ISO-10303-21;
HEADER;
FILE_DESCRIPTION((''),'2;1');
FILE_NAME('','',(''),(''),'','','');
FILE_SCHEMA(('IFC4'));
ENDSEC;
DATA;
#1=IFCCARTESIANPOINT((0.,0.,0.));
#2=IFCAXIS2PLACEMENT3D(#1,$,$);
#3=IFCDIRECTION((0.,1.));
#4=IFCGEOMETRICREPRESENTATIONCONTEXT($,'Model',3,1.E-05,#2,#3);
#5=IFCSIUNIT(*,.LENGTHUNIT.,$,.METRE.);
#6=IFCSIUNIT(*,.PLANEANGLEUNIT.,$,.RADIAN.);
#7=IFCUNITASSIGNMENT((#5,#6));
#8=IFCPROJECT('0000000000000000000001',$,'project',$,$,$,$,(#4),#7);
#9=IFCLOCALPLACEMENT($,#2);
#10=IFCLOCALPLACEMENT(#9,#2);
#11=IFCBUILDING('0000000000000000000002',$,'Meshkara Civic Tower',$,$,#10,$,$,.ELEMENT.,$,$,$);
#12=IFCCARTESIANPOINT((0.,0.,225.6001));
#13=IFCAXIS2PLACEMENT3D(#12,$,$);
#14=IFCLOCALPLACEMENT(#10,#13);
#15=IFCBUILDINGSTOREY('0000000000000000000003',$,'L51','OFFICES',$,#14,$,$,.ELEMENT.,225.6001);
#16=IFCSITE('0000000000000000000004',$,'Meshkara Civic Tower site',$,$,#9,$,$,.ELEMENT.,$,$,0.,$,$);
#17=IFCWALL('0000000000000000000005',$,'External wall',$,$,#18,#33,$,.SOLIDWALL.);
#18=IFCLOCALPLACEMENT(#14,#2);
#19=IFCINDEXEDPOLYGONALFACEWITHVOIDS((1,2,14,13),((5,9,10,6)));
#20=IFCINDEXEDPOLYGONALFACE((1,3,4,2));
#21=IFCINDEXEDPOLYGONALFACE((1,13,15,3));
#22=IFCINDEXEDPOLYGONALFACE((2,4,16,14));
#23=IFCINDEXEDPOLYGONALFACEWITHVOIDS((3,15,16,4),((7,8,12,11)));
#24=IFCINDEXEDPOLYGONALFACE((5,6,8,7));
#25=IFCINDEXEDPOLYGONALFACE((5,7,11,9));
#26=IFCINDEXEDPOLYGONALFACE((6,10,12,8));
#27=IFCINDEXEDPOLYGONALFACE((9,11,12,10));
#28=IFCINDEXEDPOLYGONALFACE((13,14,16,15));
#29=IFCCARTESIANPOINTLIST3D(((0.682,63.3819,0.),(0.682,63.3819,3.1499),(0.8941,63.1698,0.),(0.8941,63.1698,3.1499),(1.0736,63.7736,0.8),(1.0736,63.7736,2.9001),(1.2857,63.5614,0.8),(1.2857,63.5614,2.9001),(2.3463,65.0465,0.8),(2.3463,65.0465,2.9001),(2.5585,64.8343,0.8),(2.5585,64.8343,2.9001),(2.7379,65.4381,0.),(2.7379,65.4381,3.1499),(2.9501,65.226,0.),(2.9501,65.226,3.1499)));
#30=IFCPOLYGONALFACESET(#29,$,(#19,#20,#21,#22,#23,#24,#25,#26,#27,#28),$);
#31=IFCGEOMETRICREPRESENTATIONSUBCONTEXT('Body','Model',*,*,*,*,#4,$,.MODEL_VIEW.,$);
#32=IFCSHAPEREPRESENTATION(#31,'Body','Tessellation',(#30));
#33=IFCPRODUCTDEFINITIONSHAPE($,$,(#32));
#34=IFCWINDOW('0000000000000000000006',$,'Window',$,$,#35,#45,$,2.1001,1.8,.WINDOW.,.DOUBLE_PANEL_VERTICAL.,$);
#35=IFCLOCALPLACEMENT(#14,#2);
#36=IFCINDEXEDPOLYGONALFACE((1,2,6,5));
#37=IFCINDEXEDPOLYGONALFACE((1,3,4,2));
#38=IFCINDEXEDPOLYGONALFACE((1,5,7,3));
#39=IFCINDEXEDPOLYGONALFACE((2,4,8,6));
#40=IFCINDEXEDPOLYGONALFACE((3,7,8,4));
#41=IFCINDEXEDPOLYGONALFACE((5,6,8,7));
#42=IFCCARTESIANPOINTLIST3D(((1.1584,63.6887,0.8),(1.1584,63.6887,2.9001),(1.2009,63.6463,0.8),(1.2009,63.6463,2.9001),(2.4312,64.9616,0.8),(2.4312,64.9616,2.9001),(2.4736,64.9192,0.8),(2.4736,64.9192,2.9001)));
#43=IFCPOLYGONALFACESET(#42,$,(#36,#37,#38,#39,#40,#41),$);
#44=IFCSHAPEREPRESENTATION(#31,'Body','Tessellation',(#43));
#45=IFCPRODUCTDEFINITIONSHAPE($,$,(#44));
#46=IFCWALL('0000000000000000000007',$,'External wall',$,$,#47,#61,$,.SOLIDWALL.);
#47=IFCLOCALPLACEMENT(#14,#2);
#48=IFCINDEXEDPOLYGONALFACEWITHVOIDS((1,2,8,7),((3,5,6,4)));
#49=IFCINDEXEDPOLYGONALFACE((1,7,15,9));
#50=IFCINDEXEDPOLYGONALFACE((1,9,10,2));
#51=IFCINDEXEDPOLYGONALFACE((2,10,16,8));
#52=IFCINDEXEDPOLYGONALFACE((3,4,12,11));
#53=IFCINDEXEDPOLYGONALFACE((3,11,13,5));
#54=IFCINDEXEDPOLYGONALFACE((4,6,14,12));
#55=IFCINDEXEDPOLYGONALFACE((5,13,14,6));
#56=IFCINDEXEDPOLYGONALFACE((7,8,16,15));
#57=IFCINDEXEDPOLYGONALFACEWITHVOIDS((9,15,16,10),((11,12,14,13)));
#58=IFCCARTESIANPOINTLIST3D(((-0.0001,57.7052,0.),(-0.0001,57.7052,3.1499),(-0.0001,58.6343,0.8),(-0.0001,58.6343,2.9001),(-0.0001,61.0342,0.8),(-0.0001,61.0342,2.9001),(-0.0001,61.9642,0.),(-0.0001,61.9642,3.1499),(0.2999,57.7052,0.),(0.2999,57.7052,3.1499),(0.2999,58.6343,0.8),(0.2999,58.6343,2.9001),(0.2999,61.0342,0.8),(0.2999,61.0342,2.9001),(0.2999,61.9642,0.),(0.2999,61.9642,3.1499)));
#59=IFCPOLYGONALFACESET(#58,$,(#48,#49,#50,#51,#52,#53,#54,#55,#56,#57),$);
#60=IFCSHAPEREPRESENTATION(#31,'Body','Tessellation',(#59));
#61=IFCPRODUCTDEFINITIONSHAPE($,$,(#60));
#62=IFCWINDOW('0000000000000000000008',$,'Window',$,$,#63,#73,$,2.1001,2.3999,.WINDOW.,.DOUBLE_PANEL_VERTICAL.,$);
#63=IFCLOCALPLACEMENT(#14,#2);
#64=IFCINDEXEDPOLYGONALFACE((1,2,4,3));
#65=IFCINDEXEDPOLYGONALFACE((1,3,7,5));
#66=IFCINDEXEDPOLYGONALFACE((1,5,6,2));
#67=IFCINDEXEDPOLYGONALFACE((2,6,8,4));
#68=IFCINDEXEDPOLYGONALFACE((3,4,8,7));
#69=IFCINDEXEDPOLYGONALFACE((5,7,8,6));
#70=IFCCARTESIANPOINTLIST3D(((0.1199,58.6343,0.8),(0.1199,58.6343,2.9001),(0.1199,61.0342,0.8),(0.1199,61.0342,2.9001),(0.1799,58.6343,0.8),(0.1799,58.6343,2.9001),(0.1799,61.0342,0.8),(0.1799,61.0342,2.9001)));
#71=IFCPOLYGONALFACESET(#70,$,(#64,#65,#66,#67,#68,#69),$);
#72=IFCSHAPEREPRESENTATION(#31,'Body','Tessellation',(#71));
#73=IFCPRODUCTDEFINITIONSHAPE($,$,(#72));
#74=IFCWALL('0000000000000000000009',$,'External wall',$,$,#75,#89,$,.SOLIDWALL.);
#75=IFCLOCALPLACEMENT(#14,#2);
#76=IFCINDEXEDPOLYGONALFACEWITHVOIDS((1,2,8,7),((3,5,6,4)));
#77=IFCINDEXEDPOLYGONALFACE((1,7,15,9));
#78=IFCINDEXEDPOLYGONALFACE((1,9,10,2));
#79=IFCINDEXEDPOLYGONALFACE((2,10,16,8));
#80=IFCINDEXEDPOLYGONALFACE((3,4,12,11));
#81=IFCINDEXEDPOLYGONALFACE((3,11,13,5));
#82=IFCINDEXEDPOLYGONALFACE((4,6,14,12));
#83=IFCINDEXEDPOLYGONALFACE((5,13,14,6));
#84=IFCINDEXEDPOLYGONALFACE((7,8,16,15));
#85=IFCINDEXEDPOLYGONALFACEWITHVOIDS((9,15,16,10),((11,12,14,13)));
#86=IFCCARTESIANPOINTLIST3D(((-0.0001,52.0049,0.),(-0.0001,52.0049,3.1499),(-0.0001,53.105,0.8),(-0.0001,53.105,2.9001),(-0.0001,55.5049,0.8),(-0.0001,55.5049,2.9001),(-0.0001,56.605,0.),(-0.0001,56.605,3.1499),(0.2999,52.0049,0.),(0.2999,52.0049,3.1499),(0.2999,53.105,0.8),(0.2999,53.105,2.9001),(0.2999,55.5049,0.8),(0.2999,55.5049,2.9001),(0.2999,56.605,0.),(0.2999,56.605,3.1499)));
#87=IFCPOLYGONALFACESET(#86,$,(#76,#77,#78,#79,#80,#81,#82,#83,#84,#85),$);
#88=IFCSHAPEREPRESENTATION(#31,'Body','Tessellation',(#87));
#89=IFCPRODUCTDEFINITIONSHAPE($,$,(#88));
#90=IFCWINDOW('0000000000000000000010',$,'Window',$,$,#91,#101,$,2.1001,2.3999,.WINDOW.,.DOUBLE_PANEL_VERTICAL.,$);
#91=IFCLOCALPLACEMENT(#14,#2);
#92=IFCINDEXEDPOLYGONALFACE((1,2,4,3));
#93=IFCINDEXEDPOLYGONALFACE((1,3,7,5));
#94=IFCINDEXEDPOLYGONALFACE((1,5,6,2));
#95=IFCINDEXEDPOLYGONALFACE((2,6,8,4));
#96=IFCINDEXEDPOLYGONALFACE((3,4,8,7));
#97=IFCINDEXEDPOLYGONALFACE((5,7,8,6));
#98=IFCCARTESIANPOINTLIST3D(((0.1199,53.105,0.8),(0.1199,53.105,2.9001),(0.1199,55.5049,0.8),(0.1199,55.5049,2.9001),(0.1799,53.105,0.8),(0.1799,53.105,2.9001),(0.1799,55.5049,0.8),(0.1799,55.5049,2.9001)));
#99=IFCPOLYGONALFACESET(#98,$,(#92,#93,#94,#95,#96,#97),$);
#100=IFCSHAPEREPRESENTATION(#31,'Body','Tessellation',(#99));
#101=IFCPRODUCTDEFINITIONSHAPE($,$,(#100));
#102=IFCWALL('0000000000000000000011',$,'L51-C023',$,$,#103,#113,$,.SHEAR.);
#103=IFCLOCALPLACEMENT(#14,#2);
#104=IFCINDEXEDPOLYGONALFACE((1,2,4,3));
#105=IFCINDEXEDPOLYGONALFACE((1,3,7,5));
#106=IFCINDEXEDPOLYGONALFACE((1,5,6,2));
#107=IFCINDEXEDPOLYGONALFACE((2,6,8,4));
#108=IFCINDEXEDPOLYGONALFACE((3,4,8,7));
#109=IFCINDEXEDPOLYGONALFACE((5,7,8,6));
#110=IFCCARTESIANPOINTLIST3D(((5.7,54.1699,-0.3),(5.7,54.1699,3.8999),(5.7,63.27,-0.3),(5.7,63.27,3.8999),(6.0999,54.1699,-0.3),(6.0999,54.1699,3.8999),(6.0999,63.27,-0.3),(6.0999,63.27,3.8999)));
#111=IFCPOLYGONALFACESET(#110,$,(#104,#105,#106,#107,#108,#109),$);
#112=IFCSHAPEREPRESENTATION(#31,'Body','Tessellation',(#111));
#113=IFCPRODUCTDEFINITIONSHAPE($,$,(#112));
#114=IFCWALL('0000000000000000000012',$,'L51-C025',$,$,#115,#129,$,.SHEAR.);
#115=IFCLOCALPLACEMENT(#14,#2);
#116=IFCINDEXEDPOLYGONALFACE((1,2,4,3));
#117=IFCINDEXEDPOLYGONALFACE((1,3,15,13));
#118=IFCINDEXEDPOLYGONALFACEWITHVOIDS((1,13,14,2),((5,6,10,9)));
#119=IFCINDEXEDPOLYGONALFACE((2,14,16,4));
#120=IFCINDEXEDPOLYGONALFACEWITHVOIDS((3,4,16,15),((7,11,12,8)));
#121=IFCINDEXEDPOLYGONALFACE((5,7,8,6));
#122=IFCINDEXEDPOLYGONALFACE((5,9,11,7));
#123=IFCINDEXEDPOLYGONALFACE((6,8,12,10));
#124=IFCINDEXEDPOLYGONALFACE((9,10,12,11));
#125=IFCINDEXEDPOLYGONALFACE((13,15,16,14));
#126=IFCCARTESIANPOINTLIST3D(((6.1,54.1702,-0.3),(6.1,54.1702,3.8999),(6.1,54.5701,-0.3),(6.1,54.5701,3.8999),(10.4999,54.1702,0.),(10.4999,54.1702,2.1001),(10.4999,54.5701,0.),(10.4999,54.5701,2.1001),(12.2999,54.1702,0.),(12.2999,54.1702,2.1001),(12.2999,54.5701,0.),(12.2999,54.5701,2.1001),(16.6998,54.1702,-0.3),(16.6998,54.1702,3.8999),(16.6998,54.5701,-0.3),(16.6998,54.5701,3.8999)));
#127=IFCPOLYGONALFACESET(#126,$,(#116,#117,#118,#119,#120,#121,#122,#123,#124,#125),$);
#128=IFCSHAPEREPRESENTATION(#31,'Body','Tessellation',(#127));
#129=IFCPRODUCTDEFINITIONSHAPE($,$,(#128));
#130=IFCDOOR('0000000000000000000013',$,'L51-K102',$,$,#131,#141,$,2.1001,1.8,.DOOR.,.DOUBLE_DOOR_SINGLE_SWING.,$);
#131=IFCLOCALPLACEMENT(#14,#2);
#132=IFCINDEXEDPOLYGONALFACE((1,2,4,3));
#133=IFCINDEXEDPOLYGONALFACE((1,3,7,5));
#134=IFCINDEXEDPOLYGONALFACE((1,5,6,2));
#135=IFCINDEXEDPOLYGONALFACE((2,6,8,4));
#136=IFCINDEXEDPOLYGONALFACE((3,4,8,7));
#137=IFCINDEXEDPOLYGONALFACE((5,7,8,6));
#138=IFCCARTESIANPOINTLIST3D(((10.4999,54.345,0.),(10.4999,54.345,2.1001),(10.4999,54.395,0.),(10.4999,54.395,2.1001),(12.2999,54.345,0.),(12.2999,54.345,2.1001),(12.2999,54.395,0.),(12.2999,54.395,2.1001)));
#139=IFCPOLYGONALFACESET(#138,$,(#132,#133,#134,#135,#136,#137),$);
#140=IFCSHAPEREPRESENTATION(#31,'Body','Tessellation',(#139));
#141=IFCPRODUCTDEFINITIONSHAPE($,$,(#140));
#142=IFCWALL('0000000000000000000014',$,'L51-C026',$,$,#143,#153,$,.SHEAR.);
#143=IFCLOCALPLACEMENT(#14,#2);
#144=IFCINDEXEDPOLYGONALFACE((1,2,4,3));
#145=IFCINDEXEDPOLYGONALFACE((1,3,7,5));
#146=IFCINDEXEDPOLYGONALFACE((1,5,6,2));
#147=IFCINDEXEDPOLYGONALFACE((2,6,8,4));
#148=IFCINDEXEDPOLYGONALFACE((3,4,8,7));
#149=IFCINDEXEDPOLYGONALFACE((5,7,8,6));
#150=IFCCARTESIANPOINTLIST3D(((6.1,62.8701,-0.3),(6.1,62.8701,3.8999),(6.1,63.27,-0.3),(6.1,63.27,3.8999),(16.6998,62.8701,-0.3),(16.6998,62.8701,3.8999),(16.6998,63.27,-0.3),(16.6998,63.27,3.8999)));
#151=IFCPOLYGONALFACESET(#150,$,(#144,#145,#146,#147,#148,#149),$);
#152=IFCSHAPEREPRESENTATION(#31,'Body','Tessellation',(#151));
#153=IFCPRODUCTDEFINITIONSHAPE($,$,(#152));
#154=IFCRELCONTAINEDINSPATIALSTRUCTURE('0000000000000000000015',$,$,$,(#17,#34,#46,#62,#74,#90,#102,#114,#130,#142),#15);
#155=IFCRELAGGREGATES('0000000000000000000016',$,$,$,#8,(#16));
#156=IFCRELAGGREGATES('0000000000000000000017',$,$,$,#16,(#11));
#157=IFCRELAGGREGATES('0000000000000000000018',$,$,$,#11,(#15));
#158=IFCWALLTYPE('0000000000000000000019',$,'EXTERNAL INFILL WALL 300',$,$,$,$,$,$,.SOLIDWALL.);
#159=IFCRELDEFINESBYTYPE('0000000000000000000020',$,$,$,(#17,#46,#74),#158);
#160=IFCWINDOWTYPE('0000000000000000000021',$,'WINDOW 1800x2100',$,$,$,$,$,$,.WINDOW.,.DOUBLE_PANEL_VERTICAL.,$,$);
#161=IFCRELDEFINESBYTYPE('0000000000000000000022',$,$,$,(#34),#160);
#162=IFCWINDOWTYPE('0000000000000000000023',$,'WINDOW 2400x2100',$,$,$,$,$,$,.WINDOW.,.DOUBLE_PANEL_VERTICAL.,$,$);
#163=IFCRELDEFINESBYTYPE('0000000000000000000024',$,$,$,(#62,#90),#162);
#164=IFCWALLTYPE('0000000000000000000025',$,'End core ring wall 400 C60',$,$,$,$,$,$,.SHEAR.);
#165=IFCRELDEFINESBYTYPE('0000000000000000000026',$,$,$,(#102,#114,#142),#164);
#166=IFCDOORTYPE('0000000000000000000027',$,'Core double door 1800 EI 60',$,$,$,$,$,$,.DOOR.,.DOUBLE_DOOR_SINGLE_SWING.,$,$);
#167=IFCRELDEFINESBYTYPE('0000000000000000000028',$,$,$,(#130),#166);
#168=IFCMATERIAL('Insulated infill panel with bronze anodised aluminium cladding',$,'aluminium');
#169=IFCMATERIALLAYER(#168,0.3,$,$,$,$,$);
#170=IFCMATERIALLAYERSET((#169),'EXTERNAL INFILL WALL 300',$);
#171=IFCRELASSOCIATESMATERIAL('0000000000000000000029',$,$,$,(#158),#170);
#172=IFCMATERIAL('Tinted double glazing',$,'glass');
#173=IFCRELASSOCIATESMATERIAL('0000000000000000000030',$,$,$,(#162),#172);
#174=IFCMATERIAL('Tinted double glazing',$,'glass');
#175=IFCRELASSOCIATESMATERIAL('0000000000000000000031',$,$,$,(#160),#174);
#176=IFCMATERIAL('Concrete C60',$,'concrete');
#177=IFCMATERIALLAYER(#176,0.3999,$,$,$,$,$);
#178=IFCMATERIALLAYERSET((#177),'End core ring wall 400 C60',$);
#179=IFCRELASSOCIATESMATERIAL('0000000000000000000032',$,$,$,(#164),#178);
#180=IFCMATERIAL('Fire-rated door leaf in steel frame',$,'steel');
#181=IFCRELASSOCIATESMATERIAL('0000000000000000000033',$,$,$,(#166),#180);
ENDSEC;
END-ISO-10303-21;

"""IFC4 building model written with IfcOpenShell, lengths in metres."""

from ifc_helpers import new_model, si_unit, direction, frame, frame_2d, origin, place, context, subcontext, project, spatial, rectangle, extrude, material, layer, layer_set, type_object, element, fill, save


model = new_model("IFC4")

# Units and contexts
model_context = context("Model", 3, precision=1e-05, world=origin(), true_north=direction((0.0, 1.0)))
body_context = subcontext(model_context, "Body", "Model", "MODEL_VIEW")
ifc_project = project(units=[si_unit("LENGTHUNIT", "METRE"), si_unit("PLANEANGLEUNIT", "RADIAN")], contexts=[model_context])

# Site, building, storey
site_placement = place(None, origin())
site = spatial("IfcSite", under=ifc_project, at=site_placement, Name="Meshkara Civic Tower site", CompositionType="ELEMENT", RefElevation=0.0)
building_placement = place(site_placement, origin())
building = spatial("IfcBuilding", under=site, at=building_placement, Name="Meshkara Civic Tower", CompositionType="ELEMENT")
storey_placement = place(building_placement, frame((0.0, 0.0, 225.6001)))
storey = spatial("IfcBuildingStorey", under=building, at=storey_placement, Name="L51", Description="OFFICES", CompositionType="ELEMENT", Elevation=225.6001)

# Walls, openings, windows
ifc_material_1 = material(Name="Insulated infill panel with bronze anodised aluminium cladding", Category="aluminium")
ifc_layer_1 = layer(ifc_material_1, 0.3)
ifc_layer_set_1 = layer_set([ifc_layer_1], Name="EXTERNAL INFILL WALL 300")
wall_type_1 = type_object("IfcWallType", Name="EXTERNAL INFILL WALL 300", PredefinedType="SOLIDWALL", material=ifc_layer_set_1)
ifc_material_2 = material(Name="Tinted double glazing", Category="glass")
window_type_1 = type_object("IfcWindowType", Name="WINDOW 2400x2100", PartitioningType="DOUBLE_PANEL_VERTICAL", PredefinedType="WINDOW", material=ifc_material_2)
wall_1_placement = place(storey_placement, frame((2.844, 65.332, 0.0), z_axis=(0.0, 0.0, 1.0), x_axis=(-0.707065, -0.707149, 0.0)))
wall_1 = element("IfcWall", 1, at=wall_1_placement, inside=storey, type_object=wall_type_1, Name="External wall", PredefinedType="SOLIDWALL", context=body_context, shape_type="SweptSolid", body=[
    extrude(rectangle(XDim=2.9077, YDim=0.3, at=frame_2d((1.4539, 0.0))), origin(), (0.0, 0.0, 1.0), 3.1499),
])
opening_1_placement = place(wall_1_placement, frame((0.554, 0.0, 0.8)))
opening_1 = element("IfcOpeningElement", 2, at=opening_1_placement, cuts=wall_1, PredefinedType="OPENING", context=body_context, shape_type="SweptSolid", body=[
    extrude(rectangle(XDim=1.8, YDim=2.1001, at=frame_2d((0.8999, 1.05))), frame((0.0, 0.1599, 0.0), z_axis=(0.0, -1.0, 0.0), x_axis=(1.0, 0.0, 0.0)), (0.0, 0.0, 1.0), 0.3201),
])
ifc_material_3 = material(Name="Tinted double glazing", Category="glass")
window_type_2 = type_object("IfcWindowType", Name="WINDOW 1800x2100", PartitioningType="DOUBLE_PANEL_VERTICAL", PredefinedType="WINDOW", material=ifc_material_3)
window_1_placement = place(opening_1_placement, origin())
window_1 = element("IfcWindow", 3, at=window_1_placement, inside=storey, type_object=window_type_2, Name="Window", OverallHeight=2.1001, OverallWidth=1.8, PartitioningType="DOUBLE_PANEL_VERTICAL", PredefinedType="WINDOW", context=body_context, shape_type="SweptSolid", body=[
    extrude(rectangle(XDim=1.8, YDim=2.1001, at=frame_2d((0.8999, 1.05))), frame((0.0, 0.03, 0.0), z_axis=(0.0, -1.0, 0.0), x_axis=(1.0, 0.0, 0.0)), (0.0, 0.0, 1.0), 0.0601),
])
fill(opening_1, window_1)
wall_2_placement = place(storey_placement, frame((0.1499, 61.9641, 0.0), z_axis=(0.0, 0.0, 1.0), x_axis=(0.0, -1.0, 0.0)))
wall_2 = element("IfcWall", 4, at=wall_2_placement, inside=storey, type_object=wall_type_1, Name="External wall", PredefinedType="SOLIDWALL", context=body_context, shape_type="SweptSolid", body=[
    extrude(rectangle(XDim=4.259, YDim=0.3, at=frame_2d((2.1294, 0.0))), origin(), (0.0, 0.0, 1.0), 3.1499),
])
opening_2_placement = place(wall_2_placement, frame((0.9299, 0.0, 0.8)))
opening_2 = element("IfcOpeningElement", 5, at=opening_2_placement, cuts=wall_2, PredefinedType="OPENING", context=body_context, shape_type="SweptSolid", body=[
    extrude(rectangle(XDim=2.3999, YDim=2.1001, at=frame_2d((1.2, 1.05))), frame((0.0, 0.1599, 0.0), z_axis=(0.0, -1.0, 0.0), x_axis=(1.0, 0.0, 0.0)), (0.0, 0.0, 1.0), 0.3201),
])
window_2_placement = place(opening_2_placement, origin())
window_2 = element("IfcWindow", 6, at=window_2_placement, inside=storey, type_object=window_type_1, Name="Window", OverallHeight=2.1001, OverallWidth=2.3999, PartitioningType="DOUBLE_PANEL_VERTICAL", PredefinedType="WINDOW", context=body_context, shape_type="SweptSolid", body=[
    extrude(rectangle(XDim=2.3999, YDim=2.1001, at=frame_2d((1.2, 1.05))), frame((0.0, 0.03, 0.0), z_axis=(0.0, -1.0, 0.0), x_axis=(1.0, 0.0, 0.0)), (0.0, 0.0, 1.0), 0.0601),
])
fill(opening_2, window_2)
wall_3_placement = place(storey_placement, frame((0.1499, 56.605, 0.0), z_axis=(0.0, 0.0, 1.0), x_axis=(0.0, -1.0, 0.0)))
wall_3 = element("IfcWall", 7, at=wall_3_placement, inside=storey, type_object=wall_type_1, Name="External wall", PredefinedType="SOLIDWALL", context=body_context, shape_type="SweptSolid", body=[
    extrude(rectangle(XDim=4.6001, YDim=0.3, at=frame_2d((2.3, 0.0))), origin(), (0.0, 0.0, 1.0), 3.1499),
])
opening_3_placement = place(wall_3_placement, frame((1.1001, 0.0, 0.8)))
opening_3 = element("IfcOpeningElement", 8, at=opening_3_placement, cuts=wall_3, PredefinedType="OPENING", context=body_context, shape_type="SweptSolid", body=[
    extrude(rectangle(XDim=2.3999, YDim=2.1001, at=frame_2d((1.2, 1.05))), frame((0.0, 0.1599, 0.0), z_axis=(0.0, -1.0, 0.0), x_axis=(1.0, 0.0, 0.0)), (0.0, 0.0, 1.0), 0.3201),
])
window_3_placement = place(opening_3_placement, origin())
window_3 = element("IfcWindow", 9, at=window_3_placement, inside=storey, type_object=window_type_1, Name="Window", OverallHeight=2.1001, OverallWidth=2.3999, PartitioningType="DOUBLE_PANEL_VERTICAL", PredefinedType="WINDOW", context=body_context, shape_type="SweptSolid", body=[
    extrude(rectangle(XDim=2.3999, YDim=2.1001, at=frame_2d((1.2, 1.05))), frame((0.0, 0.03, 0.0), z_axis=(0.0, -1.0, 0.0), x_axis=(1.0, 0.0, 0.0)), (0.0, 0.0, 1.0), 0.0601),
])
fill(opening_3, window_3)

# Wall
ifc_material_4 = material(Name="Concrete C60", Category="concrete")
ifc_layer_2 = layer(ifc_material_4, 0.3999)
ifc_layer_set_2 = layer_set([ifc_layer_2], Name="End core ring wall 400 C60")
wall_type_2 = type_object("IfcWallType", Name="End core ring wall 400 C60", PredefinedType="SHEAR", material=ifc_layer_set_2)
wall_4_placement = place(storey_placement, frame((5.8999, 54.1699, -0.3), z_axis=(0.0, 0.0, 1.0), x_axis=(0.0, 1.0, 0.0)))
element("IfcWall", 10, at=wall_4_placement, inside=storey, type_object=wall_type_2, Name="L51-C023", PredefinedType="SHEAR", context=body_context, shape_type="SweptSolid", body=[
    extrude(rectangle(XDim=9.1001, YDim=0.3999, at=frame_2d((4.55, 0.0))), origin(), (0.0, 0.0, 1.0), 4.2),
])

# Wall, opening, door
wall_5_placement = place(storey_placement, frame((6.1001, 54.3701, -0.3), z_axis=(0.0, 0.0, 1.0), x_axis=(1.0, 0.0, 0.0)))
wall_5 = element("IfcWall", 11, at=wall_5_placement, inside=storey, type_object=wall_type_2, Name="L51-C025", PredefinedType="SHEAR", context=body_context, shape_type="SweptSolid", body=[
    extrude(rectangle(XDim=10.5999, YDim=0.3999, at=frame_2d((5.2998, 0.0))), origin(), (0.0, 0.0, 1.0), 4.2),
])
opening_4_placement = place(wall_5_placement, frame((4.3999, 0.0, 0.3)))
opening_4 = element("IfcOpeningElement", 12, at=opening_4_placement, cuts=wall_5, PredefinedType="OPENING", context=body_context, shape_type="SweptSolid", body=[
    extrude(rectangle(XDim=1.8, YDim=2.1001, at=frame_2d((0.8999, 1.05))), frame((0.0, 0.21, 0.0), z_axis=(0.0, -1.0, 0.0), x_axis=(1.0, 0.0, 0.0)), (0.0, 0.0, 1.0), 0.4199),
])
ifc_material_5 = material(Name="Fire-rated door leaf in steel frame", Category="steel")
door_type_1 = type_object("IfcDoorType", Name="Core double door 1800 EI 60", OperationType="DOUBLE_DOOR_SINGLE_SWING", PredefinedType="DOOR", material=ifc_material_5)
door_1_placement = place(opening_4_placement, origin())
door_1 = element("IfcDoor", 13, at=door_1_placement, inside=storey, type_object=door_type_1, Name="L51-K102", OperationType="DOUBLE_DOOR_SINGLE_SWING", OverallHeight=2.1001, OverallWidth=1.8, PredefinedType="DOOR", context=body_context, shape_type="SweptSolid", body=[
    extrude(rectangle(XDim=1.8, YDim=2.1001, at=frame_2d((0.8999, 1.05))), frame((0.0, 0.0249, 0.0), z_axis=(0.0, -1.0, 0.0), x_axis=(1.0, 0.0, 0.0)), (0.0, 0.0, 1.0), 0.05),
])
fill(opening_4, door_1)

# Wall
wall_6_placement = place(storey_placement, frame((6.1001, 63.0701, -0.3), z_axis=(0.0, 0.0, 1.0), x_axis=(1.0, 0.0, 0.0)))
element("IfcWall", 14, at=wall_6_placement, inside=storey, type_object=wall_type_2, Name="L51-C026", PredefinedType="SHEAR", context=body_context, shape_type="SweptSolid", body=[
    extrude(rectangle(XDim=10.5999, YDim=0.3999, at=frame_2d((5.2998, 0.0))), origin(), (0.0, 0.0, 1.0), 4.2),
])

save(model, "model.ifc")
